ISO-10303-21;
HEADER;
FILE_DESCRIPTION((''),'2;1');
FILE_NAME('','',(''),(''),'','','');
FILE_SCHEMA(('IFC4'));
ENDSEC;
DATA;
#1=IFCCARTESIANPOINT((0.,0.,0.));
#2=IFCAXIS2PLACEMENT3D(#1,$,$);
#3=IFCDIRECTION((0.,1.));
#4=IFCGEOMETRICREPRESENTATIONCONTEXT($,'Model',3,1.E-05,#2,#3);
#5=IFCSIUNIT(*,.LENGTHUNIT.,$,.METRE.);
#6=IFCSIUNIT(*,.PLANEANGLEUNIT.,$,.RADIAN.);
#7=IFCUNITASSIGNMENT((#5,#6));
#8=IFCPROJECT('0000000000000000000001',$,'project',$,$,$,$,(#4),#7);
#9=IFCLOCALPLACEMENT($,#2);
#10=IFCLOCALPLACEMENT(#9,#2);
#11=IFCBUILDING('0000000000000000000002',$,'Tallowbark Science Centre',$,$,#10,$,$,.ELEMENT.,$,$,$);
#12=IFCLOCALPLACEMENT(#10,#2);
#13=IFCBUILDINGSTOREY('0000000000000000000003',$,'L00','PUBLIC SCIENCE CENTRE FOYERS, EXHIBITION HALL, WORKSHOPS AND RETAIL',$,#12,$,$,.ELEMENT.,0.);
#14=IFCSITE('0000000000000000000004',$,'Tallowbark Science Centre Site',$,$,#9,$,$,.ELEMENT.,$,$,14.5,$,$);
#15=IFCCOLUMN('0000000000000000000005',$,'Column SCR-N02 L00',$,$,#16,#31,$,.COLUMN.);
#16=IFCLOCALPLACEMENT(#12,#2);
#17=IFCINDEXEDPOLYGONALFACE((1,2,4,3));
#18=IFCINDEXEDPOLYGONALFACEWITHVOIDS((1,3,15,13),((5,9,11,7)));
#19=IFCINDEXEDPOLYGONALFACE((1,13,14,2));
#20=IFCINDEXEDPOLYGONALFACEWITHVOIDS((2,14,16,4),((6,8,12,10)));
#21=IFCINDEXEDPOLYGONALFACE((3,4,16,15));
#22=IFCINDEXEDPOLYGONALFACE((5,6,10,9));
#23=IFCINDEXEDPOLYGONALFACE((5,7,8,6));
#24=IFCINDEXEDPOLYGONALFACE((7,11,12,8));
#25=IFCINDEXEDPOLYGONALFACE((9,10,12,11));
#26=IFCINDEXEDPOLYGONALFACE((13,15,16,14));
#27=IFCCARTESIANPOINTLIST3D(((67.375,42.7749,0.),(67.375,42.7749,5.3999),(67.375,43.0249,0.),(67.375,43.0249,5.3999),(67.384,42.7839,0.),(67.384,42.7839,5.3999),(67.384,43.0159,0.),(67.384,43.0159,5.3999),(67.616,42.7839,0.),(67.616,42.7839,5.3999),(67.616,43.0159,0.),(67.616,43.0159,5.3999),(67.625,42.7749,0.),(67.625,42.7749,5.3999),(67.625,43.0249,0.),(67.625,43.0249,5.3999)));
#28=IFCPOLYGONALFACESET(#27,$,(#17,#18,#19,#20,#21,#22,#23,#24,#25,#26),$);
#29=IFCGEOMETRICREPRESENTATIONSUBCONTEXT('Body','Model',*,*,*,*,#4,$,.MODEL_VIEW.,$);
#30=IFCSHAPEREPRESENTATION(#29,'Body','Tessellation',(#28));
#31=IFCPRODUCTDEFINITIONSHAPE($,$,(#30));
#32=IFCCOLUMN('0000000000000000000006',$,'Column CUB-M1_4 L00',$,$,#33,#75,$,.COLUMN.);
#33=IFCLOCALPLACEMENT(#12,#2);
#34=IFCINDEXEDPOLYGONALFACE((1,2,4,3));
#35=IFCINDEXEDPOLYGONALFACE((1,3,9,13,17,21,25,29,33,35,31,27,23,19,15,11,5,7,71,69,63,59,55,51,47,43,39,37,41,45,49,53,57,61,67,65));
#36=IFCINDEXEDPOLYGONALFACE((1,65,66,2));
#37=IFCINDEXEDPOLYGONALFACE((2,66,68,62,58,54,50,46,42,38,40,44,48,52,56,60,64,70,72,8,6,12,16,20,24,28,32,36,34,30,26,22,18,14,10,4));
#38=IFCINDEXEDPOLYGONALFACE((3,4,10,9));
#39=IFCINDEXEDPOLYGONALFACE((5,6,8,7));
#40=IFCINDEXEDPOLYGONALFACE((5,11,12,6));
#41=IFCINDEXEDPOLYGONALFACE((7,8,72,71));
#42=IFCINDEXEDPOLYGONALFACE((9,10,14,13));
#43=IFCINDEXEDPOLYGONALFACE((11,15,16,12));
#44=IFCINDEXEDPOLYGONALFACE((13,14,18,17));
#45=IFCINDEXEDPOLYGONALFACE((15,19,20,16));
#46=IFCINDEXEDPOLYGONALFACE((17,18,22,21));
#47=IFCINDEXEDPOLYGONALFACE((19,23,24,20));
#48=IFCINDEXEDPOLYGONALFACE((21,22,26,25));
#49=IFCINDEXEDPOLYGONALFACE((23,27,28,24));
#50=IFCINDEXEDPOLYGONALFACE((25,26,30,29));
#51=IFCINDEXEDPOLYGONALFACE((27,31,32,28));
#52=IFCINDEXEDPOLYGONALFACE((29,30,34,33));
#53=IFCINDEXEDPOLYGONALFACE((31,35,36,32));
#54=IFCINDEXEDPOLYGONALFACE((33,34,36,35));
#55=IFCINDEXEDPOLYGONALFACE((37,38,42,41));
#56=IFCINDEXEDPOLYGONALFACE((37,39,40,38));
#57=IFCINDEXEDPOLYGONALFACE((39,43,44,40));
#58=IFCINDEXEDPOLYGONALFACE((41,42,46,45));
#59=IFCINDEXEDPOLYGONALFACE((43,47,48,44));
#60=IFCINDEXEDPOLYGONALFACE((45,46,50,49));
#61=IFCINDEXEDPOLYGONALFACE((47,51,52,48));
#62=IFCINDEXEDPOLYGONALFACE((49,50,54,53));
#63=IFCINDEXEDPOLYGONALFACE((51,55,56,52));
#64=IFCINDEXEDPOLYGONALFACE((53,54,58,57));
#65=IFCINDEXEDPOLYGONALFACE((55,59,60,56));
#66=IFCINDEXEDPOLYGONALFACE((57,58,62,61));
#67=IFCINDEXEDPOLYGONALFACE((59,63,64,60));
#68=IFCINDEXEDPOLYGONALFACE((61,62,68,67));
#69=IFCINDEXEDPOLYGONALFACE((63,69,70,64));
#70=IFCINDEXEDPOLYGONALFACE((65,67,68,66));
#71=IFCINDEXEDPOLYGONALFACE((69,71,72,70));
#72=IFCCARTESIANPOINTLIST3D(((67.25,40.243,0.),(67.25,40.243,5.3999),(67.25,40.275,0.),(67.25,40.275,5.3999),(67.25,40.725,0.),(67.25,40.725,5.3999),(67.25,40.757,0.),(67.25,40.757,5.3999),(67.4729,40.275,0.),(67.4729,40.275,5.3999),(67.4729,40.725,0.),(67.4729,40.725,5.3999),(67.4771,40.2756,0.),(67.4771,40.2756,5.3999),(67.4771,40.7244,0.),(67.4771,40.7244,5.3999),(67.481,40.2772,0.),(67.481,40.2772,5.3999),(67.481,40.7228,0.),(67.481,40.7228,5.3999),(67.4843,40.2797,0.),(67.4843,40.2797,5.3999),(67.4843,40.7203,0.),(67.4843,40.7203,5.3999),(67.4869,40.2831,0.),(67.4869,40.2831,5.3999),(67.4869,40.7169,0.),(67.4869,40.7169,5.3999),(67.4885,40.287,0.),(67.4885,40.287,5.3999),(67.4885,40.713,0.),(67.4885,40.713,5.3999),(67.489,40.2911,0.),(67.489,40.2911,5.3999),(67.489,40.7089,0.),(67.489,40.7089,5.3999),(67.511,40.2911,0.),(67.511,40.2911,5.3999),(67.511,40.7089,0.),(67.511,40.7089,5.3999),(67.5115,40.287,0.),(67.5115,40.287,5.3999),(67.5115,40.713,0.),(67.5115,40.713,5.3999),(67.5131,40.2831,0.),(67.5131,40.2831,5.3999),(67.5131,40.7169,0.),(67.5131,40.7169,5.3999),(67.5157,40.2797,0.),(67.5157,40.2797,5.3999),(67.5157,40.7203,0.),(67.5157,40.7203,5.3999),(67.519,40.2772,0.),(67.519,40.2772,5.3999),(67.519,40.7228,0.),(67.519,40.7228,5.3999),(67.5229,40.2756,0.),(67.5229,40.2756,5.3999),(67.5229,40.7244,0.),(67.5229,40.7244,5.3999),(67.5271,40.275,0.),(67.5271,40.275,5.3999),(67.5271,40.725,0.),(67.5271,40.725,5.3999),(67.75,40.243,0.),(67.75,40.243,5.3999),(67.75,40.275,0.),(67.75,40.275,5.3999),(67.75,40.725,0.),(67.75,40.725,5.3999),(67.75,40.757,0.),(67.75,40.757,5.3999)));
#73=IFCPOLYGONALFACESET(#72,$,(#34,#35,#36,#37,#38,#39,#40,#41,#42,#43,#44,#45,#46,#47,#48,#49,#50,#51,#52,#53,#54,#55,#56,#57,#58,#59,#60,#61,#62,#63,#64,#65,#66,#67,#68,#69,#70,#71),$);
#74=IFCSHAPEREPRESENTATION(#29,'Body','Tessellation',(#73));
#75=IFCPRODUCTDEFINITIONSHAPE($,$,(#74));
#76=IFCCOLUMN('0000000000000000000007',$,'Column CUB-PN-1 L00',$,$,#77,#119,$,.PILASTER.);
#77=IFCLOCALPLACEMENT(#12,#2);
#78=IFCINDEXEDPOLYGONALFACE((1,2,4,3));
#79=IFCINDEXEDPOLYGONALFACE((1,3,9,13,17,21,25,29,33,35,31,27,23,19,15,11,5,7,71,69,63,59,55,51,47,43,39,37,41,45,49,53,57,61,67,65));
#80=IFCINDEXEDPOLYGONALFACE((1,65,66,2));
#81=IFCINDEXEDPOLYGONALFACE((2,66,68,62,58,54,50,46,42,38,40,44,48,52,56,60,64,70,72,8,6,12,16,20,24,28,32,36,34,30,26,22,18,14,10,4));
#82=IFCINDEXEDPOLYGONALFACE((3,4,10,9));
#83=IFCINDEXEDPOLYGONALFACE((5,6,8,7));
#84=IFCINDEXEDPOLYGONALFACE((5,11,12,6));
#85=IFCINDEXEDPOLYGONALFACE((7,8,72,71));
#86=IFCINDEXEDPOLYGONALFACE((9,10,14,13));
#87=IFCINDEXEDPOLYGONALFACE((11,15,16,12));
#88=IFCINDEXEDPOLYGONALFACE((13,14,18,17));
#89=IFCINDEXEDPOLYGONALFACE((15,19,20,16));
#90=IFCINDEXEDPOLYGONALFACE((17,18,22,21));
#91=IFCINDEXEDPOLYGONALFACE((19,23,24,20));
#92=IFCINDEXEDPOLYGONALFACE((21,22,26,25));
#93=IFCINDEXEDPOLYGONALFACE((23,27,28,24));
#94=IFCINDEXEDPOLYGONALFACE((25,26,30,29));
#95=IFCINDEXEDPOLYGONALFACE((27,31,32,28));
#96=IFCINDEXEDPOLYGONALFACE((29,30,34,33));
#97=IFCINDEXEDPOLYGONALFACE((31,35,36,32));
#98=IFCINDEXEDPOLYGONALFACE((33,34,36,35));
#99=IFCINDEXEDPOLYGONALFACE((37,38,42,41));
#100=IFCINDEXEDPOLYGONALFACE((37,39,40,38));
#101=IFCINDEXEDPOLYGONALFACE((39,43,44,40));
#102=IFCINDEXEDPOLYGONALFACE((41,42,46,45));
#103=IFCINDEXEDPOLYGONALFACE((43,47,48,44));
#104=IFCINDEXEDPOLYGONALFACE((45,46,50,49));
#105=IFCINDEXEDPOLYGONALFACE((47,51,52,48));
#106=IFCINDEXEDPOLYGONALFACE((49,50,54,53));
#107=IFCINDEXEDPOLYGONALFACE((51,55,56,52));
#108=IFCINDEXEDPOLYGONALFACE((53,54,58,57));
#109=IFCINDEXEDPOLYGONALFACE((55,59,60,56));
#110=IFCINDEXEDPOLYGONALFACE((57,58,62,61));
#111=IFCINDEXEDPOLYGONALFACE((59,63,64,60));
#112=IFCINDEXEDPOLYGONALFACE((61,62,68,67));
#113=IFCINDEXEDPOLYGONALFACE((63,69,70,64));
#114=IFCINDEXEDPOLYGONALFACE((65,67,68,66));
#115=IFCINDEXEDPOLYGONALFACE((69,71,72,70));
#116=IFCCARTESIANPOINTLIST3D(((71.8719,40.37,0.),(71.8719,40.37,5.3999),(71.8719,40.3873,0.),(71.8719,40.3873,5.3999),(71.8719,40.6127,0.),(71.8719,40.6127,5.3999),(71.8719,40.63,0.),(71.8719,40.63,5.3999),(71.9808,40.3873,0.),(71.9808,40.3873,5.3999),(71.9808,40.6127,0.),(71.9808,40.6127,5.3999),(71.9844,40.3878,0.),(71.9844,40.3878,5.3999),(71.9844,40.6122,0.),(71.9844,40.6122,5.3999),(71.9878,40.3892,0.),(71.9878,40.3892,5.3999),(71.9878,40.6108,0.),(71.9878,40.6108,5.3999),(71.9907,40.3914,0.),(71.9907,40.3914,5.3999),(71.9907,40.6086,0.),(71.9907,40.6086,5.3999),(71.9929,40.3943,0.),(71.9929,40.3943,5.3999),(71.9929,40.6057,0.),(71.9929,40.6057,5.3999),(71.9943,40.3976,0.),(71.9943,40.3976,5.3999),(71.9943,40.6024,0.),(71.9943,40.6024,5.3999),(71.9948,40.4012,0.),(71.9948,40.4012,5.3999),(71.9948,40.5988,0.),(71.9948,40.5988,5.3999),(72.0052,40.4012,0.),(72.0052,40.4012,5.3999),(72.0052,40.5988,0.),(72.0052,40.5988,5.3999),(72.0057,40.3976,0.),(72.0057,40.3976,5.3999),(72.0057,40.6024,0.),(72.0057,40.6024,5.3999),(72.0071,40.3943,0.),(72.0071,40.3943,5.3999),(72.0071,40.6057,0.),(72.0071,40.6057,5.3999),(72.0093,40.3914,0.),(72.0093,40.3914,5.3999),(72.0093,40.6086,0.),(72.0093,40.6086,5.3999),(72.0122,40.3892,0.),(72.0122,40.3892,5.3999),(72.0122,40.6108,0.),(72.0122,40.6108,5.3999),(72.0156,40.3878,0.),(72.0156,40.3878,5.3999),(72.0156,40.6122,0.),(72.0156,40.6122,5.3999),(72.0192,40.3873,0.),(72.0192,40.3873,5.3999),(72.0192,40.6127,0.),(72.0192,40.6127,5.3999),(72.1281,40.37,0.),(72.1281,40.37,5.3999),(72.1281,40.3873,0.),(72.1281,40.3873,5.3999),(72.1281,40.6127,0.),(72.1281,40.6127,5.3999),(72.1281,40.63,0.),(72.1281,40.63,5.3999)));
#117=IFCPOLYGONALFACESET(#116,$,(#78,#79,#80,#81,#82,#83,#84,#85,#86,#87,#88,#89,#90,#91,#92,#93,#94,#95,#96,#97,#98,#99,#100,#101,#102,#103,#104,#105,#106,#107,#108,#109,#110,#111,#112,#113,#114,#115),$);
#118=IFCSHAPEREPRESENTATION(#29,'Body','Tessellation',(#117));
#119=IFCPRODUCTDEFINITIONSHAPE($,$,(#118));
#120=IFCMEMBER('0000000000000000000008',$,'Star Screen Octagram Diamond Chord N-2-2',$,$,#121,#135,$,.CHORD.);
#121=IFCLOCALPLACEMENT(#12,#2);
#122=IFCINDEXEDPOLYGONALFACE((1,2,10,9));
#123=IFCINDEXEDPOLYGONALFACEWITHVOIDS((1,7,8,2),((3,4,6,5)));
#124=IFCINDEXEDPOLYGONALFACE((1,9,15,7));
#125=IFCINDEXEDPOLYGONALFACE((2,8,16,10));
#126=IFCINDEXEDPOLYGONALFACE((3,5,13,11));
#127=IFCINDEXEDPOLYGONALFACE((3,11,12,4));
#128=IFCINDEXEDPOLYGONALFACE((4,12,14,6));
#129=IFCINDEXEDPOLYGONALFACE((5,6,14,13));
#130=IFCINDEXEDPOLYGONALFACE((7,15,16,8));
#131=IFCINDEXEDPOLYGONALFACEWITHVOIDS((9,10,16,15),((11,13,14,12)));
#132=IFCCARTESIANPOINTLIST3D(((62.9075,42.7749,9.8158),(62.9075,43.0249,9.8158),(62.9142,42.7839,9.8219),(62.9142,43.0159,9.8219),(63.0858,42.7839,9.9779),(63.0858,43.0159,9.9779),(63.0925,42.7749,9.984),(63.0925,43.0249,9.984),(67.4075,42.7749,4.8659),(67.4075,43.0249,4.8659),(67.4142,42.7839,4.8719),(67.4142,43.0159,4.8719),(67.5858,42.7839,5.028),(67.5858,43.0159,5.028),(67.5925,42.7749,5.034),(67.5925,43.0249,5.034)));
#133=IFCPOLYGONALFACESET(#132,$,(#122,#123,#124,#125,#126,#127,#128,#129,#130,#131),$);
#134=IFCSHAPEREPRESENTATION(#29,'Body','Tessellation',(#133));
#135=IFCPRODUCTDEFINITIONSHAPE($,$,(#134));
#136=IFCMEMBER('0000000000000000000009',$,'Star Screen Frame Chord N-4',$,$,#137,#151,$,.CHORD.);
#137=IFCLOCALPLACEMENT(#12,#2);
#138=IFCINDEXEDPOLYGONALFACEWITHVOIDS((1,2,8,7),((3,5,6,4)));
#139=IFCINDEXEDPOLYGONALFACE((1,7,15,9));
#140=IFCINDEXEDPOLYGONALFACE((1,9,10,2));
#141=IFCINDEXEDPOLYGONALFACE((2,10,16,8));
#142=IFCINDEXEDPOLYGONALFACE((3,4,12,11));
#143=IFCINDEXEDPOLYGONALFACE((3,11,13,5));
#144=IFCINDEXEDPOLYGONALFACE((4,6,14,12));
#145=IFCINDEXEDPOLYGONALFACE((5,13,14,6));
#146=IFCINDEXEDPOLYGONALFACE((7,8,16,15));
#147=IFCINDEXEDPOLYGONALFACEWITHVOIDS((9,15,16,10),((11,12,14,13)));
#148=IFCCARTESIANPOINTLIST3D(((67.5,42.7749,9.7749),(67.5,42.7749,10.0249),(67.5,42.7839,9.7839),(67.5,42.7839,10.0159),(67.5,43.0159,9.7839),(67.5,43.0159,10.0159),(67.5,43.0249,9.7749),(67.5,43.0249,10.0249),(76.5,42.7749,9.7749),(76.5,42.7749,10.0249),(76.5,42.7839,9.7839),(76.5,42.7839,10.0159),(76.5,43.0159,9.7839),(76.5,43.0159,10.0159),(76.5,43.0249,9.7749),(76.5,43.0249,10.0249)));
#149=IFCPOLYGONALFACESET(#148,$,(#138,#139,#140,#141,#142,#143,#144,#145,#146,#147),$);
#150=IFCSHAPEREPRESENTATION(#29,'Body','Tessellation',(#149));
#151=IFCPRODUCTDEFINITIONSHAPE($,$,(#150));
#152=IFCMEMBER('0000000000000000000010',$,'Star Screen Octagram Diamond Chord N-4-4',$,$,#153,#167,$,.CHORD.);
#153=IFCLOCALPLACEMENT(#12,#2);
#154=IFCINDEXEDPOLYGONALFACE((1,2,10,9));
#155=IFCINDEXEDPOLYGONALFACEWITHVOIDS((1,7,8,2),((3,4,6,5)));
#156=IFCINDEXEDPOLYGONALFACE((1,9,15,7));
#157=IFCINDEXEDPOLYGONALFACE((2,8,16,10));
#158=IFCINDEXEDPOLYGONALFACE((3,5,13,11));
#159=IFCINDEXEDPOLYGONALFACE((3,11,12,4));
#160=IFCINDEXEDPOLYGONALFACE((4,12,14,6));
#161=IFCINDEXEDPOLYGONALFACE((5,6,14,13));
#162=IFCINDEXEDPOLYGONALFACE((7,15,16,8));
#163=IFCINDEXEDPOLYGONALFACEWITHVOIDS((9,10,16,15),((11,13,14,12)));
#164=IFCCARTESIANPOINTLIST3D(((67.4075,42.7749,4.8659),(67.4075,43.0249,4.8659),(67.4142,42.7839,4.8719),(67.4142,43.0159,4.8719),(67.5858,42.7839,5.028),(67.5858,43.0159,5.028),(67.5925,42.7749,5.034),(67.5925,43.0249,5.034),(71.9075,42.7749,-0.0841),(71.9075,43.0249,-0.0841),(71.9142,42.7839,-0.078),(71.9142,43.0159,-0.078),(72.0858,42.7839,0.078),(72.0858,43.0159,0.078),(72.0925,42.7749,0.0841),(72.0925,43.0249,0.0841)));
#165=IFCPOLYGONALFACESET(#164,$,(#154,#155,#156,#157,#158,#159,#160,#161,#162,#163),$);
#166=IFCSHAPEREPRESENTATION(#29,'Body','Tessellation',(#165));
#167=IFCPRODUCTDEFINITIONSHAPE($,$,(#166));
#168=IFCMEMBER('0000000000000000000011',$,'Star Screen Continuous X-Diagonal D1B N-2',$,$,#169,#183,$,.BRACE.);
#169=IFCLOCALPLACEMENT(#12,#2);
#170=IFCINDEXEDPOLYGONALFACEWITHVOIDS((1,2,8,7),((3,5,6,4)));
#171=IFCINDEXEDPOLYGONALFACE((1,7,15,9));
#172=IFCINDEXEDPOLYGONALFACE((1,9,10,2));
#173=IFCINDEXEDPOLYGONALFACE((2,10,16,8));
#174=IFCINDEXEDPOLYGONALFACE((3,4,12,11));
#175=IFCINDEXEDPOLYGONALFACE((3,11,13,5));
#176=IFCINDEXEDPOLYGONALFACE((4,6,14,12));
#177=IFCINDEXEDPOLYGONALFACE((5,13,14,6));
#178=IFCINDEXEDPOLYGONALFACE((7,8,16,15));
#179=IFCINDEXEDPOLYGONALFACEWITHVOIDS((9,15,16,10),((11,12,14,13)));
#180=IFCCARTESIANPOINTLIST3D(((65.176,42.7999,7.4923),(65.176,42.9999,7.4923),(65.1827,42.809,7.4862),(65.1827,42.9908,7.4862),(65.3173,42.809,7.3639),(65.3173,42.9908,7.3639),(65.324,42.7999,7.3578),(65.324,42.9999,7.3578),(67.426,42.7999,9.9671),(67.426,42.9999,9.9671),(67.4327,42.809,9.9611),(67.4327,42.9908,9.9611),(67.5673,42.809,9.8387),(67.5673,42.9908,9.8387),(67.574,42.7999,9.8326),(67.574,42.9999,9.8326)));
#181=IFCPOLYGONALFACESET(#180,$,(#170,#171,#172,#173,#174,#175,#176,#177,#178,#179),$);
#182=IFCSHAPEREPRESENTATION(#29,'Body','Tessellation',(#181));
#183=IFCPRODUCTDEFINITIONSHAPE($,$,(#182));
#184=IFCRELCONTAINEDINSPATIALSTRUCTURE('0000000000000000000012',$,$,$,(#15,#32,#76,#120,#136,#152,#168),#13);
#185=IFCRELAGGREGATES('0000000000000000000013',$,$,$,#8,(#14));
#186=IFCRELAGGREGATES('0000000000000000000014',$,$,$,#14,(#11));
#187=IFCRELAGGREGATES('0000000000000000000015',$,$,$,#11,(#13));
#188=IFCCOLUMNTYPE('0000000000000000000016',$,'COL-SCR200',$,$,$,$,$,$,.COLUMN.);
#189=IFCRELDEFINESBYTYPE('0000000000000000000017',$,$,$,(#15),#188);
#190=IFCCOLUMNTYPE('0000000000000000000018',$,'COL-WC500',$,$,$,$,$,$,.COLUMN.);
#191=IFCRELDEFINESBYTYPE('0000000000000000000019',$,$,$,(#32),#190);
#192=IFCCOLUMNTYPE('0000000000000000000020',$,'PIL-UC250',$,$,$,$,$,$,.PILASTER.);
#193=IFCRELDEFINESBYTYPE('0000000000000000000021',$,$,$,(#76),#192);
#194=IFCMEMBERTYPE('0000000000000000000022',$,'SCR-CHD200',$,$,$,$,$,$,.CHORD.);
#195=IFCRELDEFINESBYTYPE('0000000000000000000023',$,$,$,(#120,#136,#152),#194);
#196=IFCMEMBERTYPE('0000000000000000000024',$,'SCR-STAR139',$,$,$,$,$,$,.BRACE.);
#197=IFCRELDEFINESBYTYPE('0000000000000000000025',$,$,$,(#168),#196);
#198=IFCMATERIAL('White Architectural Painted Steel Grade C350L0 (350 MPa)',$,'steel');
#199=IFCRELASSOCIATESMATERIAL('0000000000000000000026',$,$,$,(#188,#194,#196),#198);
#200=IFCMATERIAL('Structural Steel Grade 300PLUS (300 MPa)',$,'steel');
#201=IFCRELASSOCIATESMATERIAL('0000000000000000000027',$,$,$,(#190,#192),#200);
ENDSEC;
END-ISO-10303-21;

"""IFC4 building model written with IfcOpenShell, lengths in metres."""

from ifc_helpers import new_model, si_unit, direction, frame, origin, origin_2d, place, context, subcontext, project, spatial, hollow_rectangle, i_section, extrude, material, material_profile, profile_set, type_object, element, save


model = new_model("IFC4")

# Units and contexts
model_context = context("Model", 3, precision=1e-05, world=origin(), true_north=direction((0.0, 1.0)))
body_context = subcontext(model_context, "Body", "Model", "MODEL_VIEW")
ifc_project = project(units=[si_unit("LENGTHUNIT", "METRE"), si_unit("PLANEANGLEUNIT", "RADIAN")], contexts=[model_context])

# Site, building, storey
site_placement = place(None, origin())
site = spatial("IfcSite", under=ifc_project, at=site_placement, Name="Tallowbark Science Centre Site", CompositionType="ELEMENT", RefElevation=14.5)
building_placement = place(site_placement, origin())
building = spatial("IfcBuilding", under=site, at=building_placement, Name="Tallowbark Science Centre", CompositionType="ELEMENT")
storey_placement = place(building_placement, origin())
storey = spatial("IfcBuildingStorey", under=building, at=storey_placement, Name="L00", Description="PUBLIC SCIENCE CENTRE FOYERS, EXHIBITION HALL, WORKSHOPS AND RETAIL", CompositionType="ELEMENT", Elevation=0.0)

# Columns
ifc_material_1 = material(Name="White Architectural Painted Steel Grade C350L0 (350 MPa)", Category="steel")
ifc_material_profile_1 = material_profile(ifc_material_1, hollow_rectangle(XDim=0.25, YDim=0.25, WallThickness=0.009, at=origin_2d()), Name="250x250x9.0SHS")
ifc_profile_set_1 = profile_set([ifc_material_profile_1], Name="White Architectural Painted Steel Grade C350L0 (350 MPa)")
column_type_1 = type_object("IfcColumnType", Name="COL-SCR200", PredefinedType="COLUMN", material=ifc_profile_set_1)
column_1_placement = place(storey_placement, frame((67.5, 42.8999, 0.0), z_axis=(0.0, 0.0, 1.0), x_axis=(1.0, 0.0, 0.0)))
element("IfcColumn", 1, at=column_1_placement, inside=storey, type_object=column_type_1, Name="Column SCR-N02 L00", PredefinedType="COLUMN", context=body_context, shape_type="SweptSolid", body=[
    extrude(hollow_rectangle(XDim=0.25, YDim=0.25, WallThickness=0.009, at=origin_2d()), origin(), (0.0, 0.0, 1.0), 5.3999),
])
ifc_material_2 = material(Name="Structural Steel Grade 300PLUS (300 MPa)", Category="steel")
ifc_material_profile_2 = material_profile(ifc_material_2, i_section(OverallWidth=0.5, OverallDepth=0.5139, WebThickness=0.022, FlangeThickness=0.032, FilletRadius=0.0161, at=origin_2d()), Name="500WC340")
ifc_profile_set_2 = profile_set([ifc_material_profile_2], Name="Structural Steel Grade 300PLUS (300 MPa)")
column_type_2 = type_object("IfcColumnType", Name="COL-WC500", PredefinedType="COLUMN", material=ifc_profile_set_2)
column_2_placement = place(storey_placement, frame((67.5, 40.5, 0.0), z_axis=(0.0, 0.0, 1.0), x_axis=(1.0, 0.0, 0.0)))
element("IfcColumn", 2, at=column_2_placement, inside=storey, type_object=column_type_2, Name="Column CUB-M1_4 L00", PredefinedType="COLUMN", context=body_context, shape_type="SweptSolid", body=[
    extrude(i_section(OverallWidth=0.5, OverallDepth=0.5139, WebThickness=0.022, FlangeThickness=0.032, FilletRadius=0.0161, at=origin_2d()), origin(), (0.0, 0.0, 1.0), 5.3999),
])
ifc_material_profile_3 = material_profile(ifc_material_2, i_section(OverallWidth=0.2561, OverallDepth=0.26, WebThickness=0.0105, FlangeThickness=0.0173, FilletRadius=0.0139, at=origin_2d()), Name="250UC89.5")
ifc_profile_set_3 = profile_set([ifc_material_profile_3], Name="Structural Steel Grade 300PLUS (300 MPa)")
column_type_3 = type_object("IfcColumnType", Name="PIL-UC250", PredefinedType="PILASTER", material=ifc_profile_set_3)
column_3_placement = place(storey_placement, frame((72.0, 40.5, 0.0), z_axis=(0.0, 0.0, 1.0), x_axis=(1.0, 0.0, 0.0)))
element("IfcColumn", 3, at=column_3_placement, inside=storey, type_object=column_type_3, Name="Column CUB-PN-1 L00", PredefinedType="PILASTER", context=body_context, shape_type="SweptSolid", body=[
    extrude(i_section(OverallWidth=0.2561, OverallDepth=0.26, WebThickness=0.0105, FlangeThickness=0.0173, FilletRadius=0.0139, at=origin_2d()), origin(), (0.0, 0.0, 1.0), 5.3999),
])

# Members
ifc_material_profile_4 = material_profile(ifc_material_1, hollow_rectangle(XDim=0.25, YDim=0.25, WallThickness=0.009, at=origin_2d()), Name="250x250x9.0SHS")
ifc_profile_set_4 = profile_set([ifc_material_profile_4], Name="White Architectural Painted Steel Grade C350L0 (350 MPa)")
member_type_1 = type_object("IfcMemberType", Name="SCR-CHD200", PredefinedType="CHORD", material=ifc_profile_set_4)
member_1_placement = place(storey_placement, frame((67.5, 42.8999, 4.95), z_axis=(-0.672676, 0.0, 0.739937), x_axis=(0.0, -1.0, 0.0)))
element("IfcMember", 4, at=member_1_placement, inside=storey, type_object=member_type_1, Name="Star Screen Octagram Diamond Chord N-2-2", PredefinedType="CHORD", context=body_context, shape_type="SweptSolid", body=[
    extrude(hollow_rectangle(XDim=0.25, YDim=0.25, WallThickness=0.009, at=origin_2d()), origin(), (0.0, 0.0, 1.0), 6.6897),
])
member_2_placement = place(storey_placement, frame((67.5, 42.8999, 9.8999), z_axis=(1.0, 0.0, 0.0), x_axis=(0.0, 1.0, 0.0)))
element("IfcMember", 5, at=member_2_placement, inside=storey, type_object=member_type_1, Name="Star Screen Frame Chord N-4", PredefinedType="CHORD", context=body_context, shape_type="SweptSolid", body=[
    extrude(hollow_rectangle(XDim=0.25, YDim=0.25, WallThickness=0.009, at=origin_2d()), origin(), (0.0, 0.0, 1.0), 9.0),
])
member_3_placement = place(storey_placement, frame((67.5, 42.8999, 4.95), z_axis=(0.672676, 0.0, -0.739937), x_axis=(0.0, 1.0, 0.0)))
element("IfcMember", 6, at=member_3_placement, inside=storey, type_object=member_type_1, Name="Star Screen Octagram Diamond Chord N-4-4", PredefinedType="CHORD", context=body_context, shape_type="SweptSolid", body=[
    extrude(hollow_rectangle(XDim=0.25, YDim=0.25, WallThickness=0.009, at=origin_2d()), origin(), (0.0, 0.0, 1.0), 6.6897),
])
ifc_material_profile_5 = material_profile(ifc_material_1, hollow_rectangle(XDim=0.2, YDim=0.2, WallThickness=0.009, at=origin_2d()), Name="200x200x9.0SHS")
ifc_profile_set_5 = profile_set([ifc_material_profile_5], Name="White Architectural Painted Steel Grade C350L0 (350 MPa)")
member_type_2 = type_object("IfcMemberType", Name="SCR-STAR139", PredefinedType="BRACE", material=ifc_profile_set_5)
member_4_placement = place(storey_placement, frame((65.25, 42.8999, 7.425), z_axis=(0.672695, 0.0, 0.73992), x_axis=(0.0, 1.0, 0.0)))
element("IfcMember", 7, at=member_4_placement, inside=storey, type_object=member_type_2, Name="Star Screen Continuous X-Diagonal D1B N-2", PredefinedType="BRACE", context=body_context, shape_type="SweptSolid", body=[
    extrude(hollow_rectangle(XDim=0.2, YDim=0.2, WallThickness=0.009, at=origin_2d()), origin(), (0.0, 0.0, 1.0), 3.3447),
])

save(model, "model.ifc")
